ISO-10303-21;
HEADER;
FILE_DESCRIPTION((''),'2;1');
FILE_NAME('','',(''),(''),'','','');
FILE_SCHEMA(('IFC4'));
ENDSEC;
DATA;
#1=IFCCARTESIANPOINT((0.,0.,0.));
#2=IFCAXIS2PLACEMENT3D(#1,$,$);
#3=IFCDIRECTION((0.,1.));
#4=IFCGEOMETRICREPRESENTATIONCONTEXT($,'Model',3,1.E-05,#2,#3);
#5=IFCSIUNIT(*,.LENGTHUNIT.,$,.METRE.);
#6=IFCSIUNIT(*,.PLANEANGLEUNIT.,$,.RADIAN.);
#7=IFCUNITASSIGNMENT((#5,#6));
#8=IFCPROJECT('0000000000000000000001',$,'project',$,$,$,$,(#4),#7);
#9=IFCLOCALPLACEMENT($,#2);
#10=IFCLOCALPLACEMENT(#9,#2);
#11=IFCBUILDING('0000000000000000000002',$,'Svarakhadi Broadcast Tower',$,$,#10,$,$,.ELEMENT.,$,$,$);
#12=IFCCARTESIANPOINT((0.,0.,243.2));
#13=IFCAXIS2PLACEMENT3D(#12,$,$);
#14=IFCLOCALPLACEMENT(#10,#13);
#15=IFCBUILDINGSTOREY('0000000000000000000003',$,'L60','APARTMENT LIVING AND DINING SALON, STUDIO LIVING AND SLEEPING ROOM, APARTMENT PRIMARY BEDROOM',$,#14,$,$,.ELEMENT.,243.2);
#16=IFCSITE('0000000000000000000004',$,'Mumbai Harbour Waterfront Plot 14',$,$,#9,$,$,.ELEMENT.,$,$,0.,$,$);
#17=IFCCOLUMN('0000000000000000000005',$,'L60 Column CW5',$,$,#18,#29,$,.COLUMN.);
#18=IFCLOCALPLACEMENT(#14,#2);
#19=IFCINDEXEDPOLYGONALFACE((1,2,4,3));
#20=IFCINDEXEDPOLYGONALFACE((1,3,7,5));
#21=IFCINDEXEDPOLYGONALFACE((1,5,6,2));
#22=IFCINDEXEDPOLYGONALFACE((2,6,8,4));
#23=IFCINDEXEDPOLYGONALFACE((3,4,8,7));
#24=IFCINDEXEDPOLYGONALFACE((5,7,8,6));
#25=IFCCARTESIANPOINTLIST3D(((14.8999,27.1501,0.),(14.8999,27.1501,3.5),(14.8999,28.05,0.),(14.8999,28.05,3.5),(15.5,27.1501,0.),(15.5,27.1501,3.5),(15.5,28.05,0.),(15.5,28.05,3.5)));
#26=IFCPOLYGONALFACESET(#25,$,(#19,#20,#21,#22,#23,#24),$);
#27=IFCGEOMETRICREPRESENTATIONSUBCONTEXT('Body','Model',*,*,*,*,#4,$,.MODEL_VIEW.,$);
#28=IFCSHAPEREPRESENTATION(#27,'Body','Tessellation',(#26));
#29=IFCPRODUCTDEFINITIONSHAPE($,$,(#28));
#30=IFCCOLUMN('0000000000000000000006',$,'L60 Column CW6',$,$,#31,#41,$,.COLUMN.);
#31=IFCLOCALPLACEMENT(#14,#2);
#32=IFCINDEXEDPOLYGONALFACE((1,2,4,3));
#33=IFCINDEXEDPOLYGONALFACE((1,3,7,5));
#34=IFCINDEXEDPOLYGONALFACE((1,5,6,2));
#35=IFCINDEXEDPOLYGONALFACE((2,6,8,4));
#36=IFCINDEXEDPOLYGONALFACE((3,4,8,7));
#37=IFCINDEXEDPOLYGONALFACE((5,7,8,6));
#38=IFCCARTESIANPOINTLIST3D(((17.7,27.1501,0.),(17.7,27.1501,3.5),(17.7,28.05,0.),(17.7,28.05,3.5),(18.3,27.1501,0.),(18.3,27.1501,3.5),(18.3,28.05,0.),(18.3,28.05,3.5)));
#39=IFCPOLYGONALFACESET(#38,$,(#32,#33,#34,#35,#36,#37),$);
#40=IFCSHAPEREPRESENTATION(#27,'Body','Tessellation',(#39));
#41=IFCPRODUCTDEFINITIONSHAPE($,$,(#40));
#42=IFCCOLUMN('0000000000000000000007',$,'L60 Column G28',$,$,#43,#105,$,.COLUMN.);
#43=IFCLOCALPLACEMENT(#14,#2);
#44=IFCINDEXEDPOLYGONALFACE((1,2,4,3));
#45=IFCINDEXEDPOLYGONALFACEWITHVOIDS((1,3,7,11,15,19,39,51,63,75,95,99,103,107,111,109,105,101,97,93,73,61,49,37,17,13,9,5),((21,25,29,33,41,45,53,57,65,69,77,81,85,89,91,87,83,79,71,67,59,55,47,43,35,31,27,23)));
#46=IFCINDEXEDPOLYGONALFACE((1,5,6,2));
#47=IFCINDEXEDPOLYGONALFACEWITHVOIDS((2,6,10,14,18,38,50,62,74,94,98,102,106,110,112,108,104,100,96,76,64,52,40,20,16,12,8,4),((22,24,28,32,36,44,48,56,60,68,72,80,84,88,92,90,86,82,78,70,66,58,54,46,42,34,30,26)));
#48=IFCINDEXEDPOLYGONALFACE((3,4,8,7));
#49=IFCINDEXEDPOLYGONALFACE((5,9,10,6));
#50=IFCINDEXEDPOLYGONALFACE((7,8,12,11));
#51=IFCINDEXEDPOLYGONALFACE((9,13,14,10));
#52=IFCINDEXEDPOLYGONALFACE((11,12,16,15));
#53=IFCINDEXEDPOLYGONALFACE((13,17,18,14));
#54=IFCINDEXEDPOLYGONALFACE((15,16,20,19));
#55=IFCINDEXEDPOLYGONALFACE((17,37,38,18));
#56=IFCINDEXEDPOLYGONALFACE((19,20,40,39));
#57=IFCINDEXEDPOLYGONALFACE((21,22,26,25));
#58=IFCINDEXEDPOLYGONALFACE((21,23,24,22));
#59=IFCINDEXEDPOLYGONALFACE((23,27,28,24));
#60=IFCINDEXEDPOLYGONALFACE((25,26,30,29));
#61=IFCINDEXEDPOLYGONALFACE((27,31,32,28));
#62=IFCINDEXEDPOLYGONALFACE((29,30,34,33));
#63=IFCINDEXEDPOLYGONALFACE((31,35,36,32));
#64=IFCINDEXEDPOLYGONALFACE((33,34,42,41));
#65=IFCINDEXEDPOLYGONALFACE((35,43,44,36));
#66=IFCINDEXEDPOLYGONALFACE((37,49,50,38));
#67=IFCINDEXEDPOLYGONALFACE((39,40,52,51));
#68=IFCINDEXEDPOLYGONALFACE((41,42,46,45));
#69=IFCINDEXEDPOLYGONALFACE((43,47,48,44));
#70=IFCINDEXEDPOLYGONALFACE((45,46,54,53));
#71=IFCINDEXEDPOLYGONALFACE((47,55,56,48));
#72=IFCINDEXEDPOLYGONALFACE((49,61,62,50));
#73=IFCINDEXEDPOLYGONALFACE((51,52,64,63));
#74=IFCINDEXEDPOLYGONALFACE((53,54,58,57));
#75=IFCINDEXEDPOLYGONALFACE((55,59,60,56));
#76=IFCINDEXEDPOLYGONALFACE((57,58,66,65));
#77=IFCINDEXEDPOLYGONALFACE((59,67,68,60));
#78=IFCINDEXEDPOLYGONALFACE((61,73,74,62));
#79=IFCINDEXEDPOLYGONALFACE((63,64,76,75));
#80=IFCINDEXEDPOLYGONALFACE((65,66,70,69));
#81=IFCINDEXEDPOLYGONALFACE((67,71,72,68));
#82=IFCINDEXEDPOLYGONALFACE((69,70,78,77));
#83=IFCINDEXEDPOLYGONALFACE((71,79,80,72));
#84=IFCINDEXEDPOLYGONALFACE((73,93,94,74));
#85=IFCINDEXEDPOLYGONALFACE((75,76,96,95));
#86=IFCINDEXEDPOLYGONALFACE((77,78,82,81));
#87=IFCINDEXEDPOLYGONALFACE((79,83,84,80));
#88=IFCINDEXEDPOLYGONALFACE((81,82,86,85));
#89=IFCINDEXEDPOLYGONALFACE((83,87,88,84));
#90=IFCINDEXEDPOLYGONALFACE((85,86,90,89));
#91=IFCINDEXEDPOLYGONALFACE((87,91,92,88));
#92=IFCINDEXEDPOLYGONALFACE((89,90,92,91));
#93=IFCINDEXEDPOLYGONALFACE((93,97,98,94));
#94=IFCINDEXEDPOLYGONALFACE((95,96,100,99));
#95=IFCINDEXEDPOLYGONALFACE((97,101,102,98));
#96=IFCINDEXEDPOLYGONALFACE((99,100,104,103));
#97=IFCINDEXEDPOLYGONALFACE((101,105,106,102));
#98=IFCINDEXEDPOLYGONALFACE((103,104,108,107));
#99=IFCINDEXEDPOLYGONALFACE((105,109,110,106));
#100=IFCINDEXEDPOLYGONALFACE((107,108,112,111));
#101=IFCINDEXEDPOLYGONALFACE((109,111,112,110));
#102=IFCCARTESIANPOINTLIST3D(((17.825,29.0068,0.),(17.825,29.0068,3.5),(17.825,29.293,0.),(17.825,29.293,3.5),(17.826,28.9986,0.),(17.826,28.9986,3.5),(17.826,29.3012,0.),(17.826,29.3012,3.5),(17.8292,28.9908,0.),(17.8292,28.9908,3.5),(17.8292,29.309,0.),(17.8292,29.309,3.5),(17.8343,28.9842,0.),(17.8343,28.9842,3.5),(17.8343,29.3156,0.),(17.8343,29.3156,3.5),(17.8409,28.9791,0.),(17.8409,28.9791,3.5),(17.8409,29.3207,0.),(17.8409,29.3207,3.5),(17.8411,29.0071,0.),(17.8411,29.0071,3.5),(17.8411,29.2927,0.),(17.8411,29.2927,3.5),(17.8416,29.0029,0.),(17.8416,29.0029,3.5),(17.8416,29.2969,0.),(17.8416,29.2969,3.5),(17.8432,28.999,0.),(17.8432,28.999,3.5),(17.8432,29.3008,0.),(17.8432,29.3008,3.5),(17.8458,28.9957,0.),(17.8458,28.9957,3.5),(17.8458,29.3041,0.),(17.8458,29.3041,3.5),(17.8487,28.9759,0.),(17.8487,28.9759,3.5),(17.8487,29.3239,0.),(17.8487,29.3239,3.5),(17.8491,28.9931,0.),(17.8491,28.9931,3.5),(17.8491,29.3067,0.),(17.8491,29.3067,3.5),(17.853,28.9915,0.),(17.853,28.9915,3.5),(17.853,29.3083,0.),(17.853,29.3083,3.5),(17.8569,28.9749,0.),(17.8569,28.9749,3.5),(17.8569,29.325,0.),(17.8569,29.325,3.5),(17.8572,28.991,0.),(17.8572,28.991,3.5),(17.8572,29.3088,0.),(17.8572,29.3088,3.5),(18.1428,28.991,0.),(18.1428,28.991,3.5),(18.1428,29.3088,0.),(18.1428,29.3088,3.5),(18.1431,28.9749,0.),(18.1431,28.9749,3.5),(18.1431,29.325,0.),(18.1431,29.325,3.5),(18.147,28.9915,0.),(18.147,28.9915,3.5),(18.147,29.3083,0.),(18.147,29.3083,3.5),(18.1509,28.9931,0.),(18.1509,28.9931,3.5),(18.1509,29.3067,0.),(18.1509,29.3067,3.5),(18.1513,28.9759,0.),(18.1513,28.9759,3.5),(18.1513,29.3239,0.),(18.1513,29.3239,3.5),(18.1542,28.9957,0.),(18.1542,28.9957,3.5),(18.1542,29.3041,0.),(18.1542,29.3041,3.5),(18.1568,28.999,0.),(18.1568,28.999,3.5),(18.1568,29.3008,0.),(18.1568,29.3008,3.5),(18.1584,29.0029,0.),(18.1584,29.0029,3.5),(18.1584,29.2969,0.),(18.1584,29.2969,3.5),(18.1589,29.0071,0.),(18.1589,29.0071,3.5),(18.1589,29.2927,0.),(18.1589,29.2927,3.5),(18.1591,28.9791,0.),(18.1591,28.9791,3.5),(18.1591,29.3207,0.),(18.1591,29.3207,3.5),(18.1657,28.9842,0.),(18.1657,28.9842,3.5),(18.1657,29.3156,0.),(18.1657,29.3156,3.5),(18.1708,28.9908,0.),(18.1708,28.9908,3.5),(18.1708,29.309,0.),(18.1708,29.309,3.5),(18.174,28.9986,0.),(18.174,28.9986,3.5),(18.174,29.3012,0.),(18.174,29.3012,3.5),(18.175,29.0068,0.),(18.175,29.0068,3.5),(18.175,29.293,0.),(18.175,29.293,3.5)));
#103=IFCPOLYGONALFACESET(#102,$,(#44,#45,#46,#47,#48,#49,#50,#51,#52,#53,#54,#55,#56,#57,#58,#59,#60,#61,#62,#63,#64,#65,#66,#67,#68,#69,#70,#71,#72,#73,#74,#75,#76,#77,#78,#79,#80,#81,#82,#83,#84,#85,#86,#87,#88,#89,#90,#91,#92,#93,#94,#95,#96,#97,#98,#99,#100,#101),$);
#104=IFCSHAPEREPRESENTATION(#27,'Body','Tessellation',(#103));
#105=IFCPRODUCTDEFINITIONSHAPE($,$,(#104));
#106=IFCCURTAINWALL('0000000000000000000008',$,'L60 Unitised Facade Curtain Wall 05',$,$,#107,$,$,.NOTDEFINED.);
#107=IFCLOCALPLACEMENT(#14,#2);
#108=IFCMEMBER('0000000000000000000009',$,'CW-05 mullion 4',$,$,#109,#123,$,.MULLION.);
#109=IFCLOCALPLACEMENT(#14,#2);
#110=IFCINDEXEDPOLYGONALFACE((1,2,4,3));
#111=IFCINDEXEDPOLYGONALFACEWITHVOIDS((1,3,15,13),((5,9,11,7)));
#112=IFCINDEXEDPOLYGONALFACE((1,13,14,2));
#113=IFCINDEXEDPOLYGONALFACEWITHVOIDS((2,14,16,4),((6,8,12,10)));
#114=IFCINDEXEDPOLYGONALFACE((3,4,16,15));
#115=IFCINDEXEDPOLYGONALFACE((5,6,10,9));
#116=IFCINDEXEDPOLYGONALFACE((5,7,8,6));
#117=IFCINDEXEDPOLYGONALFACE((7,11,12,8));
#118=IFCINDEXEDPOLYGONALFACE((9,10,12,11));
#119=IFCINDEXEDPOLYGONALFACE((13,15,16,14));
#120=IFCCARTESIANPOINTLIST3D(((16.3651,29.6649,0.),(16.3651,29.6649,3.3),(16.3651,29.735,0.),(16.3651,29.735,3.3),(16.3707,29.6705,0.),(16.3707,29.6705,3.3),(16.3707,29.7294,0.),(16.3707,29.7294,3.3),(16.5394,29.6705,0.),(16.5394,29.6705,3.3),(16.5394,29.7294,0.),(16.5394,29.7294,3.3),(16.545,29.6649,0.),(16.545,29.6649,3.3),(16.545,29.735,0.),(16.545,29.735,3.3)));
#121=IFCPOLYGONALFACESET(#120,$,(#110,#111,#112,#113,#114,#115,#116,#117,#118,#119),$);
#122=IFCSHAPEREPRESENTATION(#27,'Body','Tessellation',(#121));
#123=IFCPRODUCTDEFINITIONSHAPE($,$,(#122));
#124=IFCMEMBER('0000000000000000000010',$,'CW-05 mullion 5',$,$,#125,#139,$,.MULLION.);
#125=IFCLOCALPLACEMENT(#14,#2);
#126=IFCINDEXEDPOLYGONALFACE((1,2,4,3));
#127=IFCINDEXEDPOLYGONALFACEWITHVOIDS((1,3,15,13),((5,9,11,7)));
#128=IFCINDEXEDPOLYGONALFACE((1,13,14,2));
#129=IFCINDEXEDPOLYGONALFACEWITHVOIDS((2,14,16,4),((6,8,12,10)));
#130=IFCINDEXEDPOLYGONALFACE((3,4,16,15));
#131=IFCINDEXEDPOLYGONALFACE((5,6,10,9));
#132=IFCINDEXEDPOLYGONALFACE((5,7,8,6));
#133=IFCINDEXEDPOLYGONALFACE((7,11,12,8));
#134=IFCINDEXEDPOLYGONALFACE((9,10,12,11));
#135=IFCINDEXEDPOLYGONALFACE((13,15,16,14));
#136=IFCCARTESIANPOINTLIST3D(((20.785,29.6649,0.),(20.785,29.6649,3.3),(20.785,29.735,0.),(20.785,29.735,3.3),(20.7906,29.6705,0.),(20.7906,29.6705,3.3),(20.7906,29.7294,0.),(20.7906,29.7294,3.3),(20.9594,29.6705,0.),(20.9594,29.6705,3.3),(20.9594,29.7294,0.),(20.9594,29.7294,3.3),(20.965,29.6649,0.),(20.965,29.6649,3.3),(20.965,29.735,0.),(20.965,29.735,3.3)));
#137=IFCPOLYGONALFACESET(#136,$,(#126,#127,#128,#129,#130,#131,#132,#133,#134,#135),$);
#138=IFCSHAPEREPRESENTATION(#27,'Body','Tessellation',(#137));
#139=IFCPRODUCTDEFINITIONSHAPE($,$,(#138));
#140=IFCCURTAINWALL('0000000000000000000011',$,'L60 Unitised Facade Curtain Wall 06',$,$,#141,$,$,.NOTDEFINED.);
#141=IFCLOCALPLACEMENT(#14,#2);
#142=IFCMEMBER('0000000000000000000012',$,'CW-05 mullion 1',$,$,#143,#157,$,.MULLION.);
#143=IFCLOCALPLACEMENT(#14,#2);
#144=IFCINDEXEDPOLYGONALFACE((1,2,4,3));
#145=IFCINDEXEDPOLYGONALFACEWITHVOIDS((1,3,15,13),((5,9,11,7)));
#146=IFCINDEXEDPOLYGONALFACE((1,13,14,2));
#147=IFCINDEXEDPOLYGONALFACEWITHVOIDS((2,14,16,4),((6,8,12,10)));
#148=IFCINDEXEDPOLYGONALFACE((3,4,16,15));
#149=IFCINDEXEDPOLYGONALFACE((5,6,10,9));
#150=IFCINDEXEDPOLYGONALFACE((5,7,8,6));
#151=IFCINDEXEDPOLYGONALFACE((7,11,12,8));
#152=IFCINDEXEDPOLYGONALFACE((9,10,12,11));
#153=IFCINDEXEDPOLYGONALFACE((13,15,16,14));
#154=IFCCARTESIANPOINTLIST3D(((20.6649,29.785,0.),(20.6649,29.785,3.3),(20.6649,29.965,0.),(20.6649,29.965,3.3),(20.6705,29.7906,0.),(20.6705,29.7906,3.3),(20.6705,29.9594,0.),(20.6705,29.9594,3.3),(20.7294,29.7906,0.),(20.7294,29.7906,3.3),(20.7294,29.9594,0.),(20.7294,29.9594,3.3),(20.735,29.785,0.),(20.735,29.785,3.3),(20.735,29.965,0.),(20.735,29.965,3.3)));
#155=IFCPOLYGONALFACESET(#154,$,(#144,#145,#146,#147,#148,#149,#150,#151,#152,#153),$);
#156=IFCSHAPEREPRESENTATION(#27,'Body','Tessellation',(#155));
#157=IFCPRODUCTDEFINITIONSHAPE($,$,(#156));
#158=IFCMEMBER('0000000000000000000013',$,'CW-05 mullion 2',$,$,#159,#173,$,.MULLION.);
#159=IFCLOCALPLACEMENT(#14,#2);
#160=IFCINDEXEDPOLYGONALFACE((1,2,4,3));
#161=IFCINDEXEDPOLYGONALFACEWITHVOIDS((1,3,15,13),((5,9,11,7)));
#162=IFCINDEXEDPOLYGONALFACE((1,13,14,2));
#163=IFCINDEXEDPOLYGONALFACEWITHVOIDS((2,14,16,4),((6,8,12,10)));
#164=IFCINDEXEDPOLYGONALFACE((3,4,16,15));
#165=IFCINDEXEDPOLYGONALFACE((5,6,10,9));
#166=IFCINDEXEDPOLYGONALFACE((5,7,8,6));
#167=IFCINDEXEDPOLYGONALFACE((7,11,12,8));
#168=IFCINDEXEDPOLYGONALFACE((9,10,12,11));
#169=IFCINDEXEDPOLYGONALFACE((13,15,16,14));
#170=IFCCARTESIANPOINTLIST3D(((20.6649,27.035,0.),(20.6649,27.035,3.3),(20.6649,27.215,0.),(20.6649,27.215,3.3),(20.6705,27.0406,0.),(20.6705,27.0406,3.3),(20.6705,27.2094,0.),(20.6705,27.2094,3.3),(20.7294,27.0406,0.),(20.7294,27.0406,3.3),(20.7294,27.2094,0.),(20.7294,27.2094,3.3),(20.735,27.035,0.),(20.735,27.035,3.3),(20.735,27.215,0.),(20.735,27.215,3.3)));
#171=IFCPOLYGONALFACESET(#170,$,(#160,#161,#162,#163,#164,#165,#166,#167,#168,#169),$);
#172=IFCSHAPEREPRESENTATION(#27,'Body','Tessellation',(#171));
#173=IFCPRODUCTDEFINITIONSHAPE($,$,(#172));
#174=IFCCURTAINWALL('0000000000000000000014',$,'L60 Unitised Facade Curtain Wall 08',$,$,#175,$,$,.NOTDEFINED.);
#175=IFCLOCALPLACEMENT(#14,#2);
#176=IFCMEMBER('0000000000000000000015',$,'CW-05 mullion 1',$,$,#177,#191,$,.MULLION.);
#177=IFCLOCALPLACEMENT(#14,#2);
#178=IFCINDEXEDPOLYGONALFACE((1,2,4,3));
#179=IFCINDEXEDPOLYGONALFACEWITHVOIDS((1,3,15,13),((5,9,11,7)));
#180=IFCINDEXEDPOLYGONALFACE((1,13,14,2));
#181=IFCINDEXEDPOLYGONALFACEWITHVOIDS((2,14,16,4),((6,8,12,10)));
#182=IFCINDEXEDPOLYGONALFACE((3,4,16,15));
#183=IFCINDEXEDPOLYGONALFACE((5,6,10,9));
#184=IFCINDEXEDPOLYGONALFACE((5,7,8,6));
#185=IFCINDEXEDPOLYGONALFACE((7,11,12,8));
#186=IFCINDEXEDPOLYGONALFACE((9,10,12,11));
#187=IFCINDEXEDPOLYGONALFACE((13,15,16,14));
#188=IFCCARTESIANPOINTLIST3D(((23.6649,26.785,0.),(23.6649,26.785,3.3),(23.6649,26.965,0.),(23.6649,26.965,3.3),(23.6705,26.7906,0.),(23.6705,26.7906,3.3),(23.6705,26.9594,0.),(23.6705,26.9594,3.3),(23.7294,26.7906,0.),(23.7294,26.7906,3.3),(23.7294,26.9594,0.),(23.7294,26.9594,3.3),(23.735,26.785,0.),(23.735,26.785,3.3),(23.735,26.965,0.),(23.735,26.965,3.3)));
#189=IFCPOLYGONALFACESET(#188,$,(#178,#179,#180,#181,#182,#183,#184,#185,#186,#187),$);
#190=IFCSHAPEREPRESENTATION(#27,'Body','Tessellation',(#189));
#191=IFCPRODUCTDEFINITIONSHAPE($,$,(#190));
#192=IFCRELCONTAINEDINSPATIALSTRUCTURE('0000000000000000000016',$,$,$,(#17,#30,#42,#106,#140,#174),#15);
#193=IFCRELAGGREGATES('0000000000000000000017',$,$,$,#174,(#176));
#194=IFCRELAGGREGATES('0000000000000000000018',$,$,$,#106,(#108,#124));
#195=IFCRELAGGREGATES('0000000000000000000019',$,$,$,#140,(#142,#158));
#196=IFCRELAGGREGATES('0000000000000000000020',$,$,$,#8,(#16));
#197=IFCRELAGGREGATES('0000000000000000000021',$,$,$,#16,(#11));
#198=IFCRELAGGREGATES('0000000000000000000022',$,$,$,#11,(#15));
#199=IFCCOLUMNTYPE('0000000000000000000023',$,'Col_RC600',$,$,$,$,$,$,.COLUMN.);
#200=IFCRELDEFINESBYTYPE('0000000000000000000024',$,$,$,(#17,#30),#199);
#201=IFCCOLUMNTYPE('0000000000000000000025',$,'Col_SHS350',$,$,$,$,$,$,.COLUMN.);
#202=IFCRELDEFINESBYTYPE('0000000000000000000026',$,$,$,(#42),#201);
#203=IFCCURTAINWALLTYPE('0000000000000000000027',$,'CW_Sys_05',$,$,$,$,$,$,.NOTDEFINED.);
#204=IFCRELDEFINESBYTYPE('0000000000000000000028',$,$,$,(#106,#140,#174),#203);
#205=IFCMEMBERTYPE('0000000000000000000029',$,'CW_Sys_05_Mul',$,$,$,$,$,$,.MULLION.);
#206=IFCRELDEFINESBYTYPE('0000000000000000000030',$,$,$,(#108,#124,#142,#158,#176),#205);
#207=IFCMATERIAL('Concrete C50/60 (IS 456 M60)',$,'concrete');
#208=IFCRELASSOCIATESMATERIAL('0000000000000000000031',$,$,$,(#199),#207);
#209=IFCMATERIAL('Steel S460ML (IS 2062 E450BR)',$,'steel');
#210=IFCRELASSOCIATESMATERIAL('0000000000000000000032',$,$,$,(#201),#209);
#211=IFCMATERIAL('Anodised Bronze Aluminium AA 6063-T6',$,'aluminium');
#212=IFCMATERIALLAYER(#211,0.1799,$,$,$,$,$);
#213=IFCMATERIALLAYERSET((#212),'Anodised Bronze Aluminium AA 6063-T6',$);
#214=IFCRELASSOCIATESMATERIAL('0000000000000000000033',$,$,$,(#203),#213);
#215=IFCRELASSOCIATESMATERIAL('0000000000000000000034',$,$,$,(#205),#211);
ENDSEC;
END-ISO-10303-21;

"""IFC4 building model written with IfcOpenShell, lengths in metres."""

from ifc_helpers import new_model, si_unit, direction, frame, origin, origin_2d, place, context, subcontext, project, spatial, rectangle, hollow_rectangle, extrude, material, layer, layer_set, material_profile, profile_set, type_object, element, aggregate, save


model = new_model("IFC4")

# Units and contexts
model_context = context("Model", 3, precision=1e-05, world=origin(), true_north=direction((0.0, 1.0)))
body_context = subcontext(model_context, "Body", "Model", "MODEL_VIEW")
ifc_project = project(units=[si_unit("LENGTHUNIT", "METRE"), si_unit("PLANEANGLEUNIT", "RADIAN")], contexts=[model_context])

# Site, building, storey
site_placement = place(None, origin())
site = spatial("IfcSite", under=ifc_project, at=site_placement, Name="Mumbai Harbour Waterfront Plot 14", CompositionType="ELEMENT", RefElevation=0.0)
building_placement = place(site_placement, origin())
building = spatial("IfcBuilding", under=site, at=building_placement, Name="Svarakhadi Broadcast Tower", CompositionType="ELEMENT")
storey_placement = place(building_placement, frame((0.0, 0.0, 243.2)))
storey = spatial("IfcBuildingStorey", under=building, at=storey_placement, Name="L60", Description="APARTMENT LIVING AND DINING SALON, STUDIO LIVING AND SLEEPING ROOM, APARTMENT PRIMARY BEDROOM", CompositionType="ELEMENT", Elevation=243.2)

# Columns
ifc_material_1 = material(Name="Concrete C50/60 (IS 456 M60)", Category="concrete")
ifc_material_profile_1 = material_profile(ifc_material_1, rectangle(XDim=0.6001, YDim=0.8999, at=origin_2d()), Name="RC 600x900")
ifc_profile_set_1 = profile_set([ifc_material_profile_1], Name="Concrete C50/60 (IS 456 M60)")
column_type_1 = type_object("IfcColumnType", Name="Col_RC600", PredefinedType="COLUMN", material=ifc_profile_set_1)
for number, where, z_axis, x_axis, name in (
    (1, (15.2, 27.6001, 0.0), (0.0, 0.0, 1.0), (1.0, 0.0, 0.0), "L60 Column CW5"),
    (2, (18.0, 27.6001, 0.0), (0.0, 0.0, 1.0), (1.0, 0.0, 0.0), "L60 Column CW6"),
):
    element("IfcColumn", number, at=place(storey_placement, frame(where, z_axis=z_axis, x_axis=x_axis)), inside=storey, type_object=column_type_1, Name=name, PredefinedType="COLUMN", context=body_context, shape_type="SweptSolid", body=[
        extrude(rectangle(XDim=0.6001, YDim=0.8999, at=origin_2d()), origin(), (0.0, 0.0, 1.0), 3.5),
    ])
ifc_material_2 = material(Name="Steel S460ML (IS 2062 E450BR)", Category="steel")
ifc_material_profile_2 = material_profile(ifc_material_2, hollow_rectangle(XDim=0.3501, YDim=0.3501, WallThickness=0.0161, InnerFilletRadius=0.0161, OuterFilletRadius=0.032, at=origin_2d()), Name="SHS 350x350x16")
ifc_profile_set_2 = profile_set([ifc_material_profile_2], Name="Steel S460ML (IS 2062 E450BR)")
column_type_2 = type_object("IfcColumnType", Name="Col_SHS350", PredefinedType="COLUMN", material=ifc_profile_set_2)
column_placement = place(storey_placement, frame((18.0, 29.1499, 0.0), z_axis=(0.0, 0.0, 1.0), x_axis=(1.0, 0.0, 0.0)))
element("IfcColumn", 3, at=column_placement, inside=storey, type_object=column_type_2, Name="L60 Column G28", PredefinedType="COLUMN", context=body_context, shape_type="SweptSolid", body=[
    extrude(hollow_rectangle(XDim=0.3501, YDim=0.3501, WallThickness=0.0161, InnerFilletRadius=0.0161, OuterFilletRadius=0.032, at=origin_2d()), origin(), (0.0, 0.0, 1.0), 3.5),
])

# Curtain walls, members
ifc_material_3 = material(Name="Anodised Bronze Aluminium AA 6063-T6", Category="aluminium")
ifc_layer_1 = layer(ifc_material_3, 0.1799)
ifc_layer_set_1 = layer_set([ifc_layer_1], Name="Anodised Bronze Aluminium AA 6063-T6")
curtain_wall_type = type_object("IfcCurtainWallType", Name="CW_Sys_05", PredefinedType="NOTDEFINED", material=ifc_layer_set_1)
curtain_wall_1_placement = place(storey_placement, origin())
curtain_wall_1 = element("IfcCurtainWall", 4, at=curtain_wall_1_placement, inside=storey, type_object=curtain_wall_type, Name="L60 Unitised Facade Curtain Wall 05", PredefinedType="NOTDEFINED")
ifc_material_profile_3 = material_profile(ifc_material_3, hollow_rectangle(XDim=0.0701, YDim=0.1799, WallThickness=0.0056, at=origin_2d()), Name="ALU MULLION 180x70x6")
ifc_profile_set_3 = profile_set([ifc_material_profile_3], Name="Anodised Bronze Aluminium AA 6063-T6")
member_type_1 = type_object("IfcMemberType", Name="CW_Sys_05_Mul", PredefinedType="MULLION", material=ifc_profile_set_3)
member_1_placement = place(storey_placement, frame((16.4551, 29.7, 0.0), z_axis=(0.0, 0.0, 1.0), x_axis=(0.0, 1.0, 0.0)))
member_1 = element("IfcMember", 5, at=member_1_placement, type_object=member_type_1, Name="CW-05 mullion 4", PredefinedType="MULLION", context=body_context, shape_type="SweptSolid", body=[
    extrude(hollow_rectangle(XDim=0.0701, YDim=0.1799, WallThickness=0.0056, at=origin_2d()), origin(), (0.0, 0.0, 1.0), 3.3),
])
member_2_placement = place(storey_placement, frame((20.875, 29.7, 0.0), z_axis=(0.0, 0.0, 1.0), x_axis=(0.0, 1.0, 0.0)))
member_2 = element("IfcMember", 6, at=member_2_placement, type_object=member_type_1, Name="CW-05 mullion 5", PredefinedType="MULLION", context=body_context, shape_type="SweptSolid", body=[
    extrude(hollow_rectangle(XDim=0.0701, YDim=0.1799, WallThickness=0.0056, at=origin_2d()), origin(), (0.0, 0.0, 1.0), 3.3),
])
curtain_wall_2_placement = place(storey_placement, origin())
curtain_wall_2 = element("IfcCurtainWall", 7, at=curtain_wall_2_placement, inside=storey, type_object=curtain_wall_type, Name="L60 Unitised Facade Curtain Wall 06", PredefinedType="NOTDEFINED")
member_3_placement = place(storey_placement, frame((20.7, 29.875, 0.0), z_axis=(0.0, 0.0, 1.0), x_axis=(1.0, 0.0, 0.0)))
member_3 = element("IfcMember", 8, at=member_3_placement, type_object=member_type_1, Name="CW-05 mullion 1", PredefinedType="MULLION", context=body_context, shape_type="SweptSolid", body=[
    extrude(hollow_rectangle(XDim=0.0701, YDim=0.1799, WallThickness=0.0056, at=origin_2d()), origin(), (0.0, 0.0, 1.0), 3.3),
])
member_4_placement = place(storey_placement, frame((20.7, 27.125, 0.0), z_axis=(0.0, 0.0, 1.0), x_axis=(1.0, 0.0, 0.0)))
member_4 = element("IfcMember", 9, at=member_4_placement, type_object=member_type_1, Name="CW-05 mullion 2", PredefinedType="MULLION", context=body_context, shape_type="SweptSolid", body=[
    extrude(hollow_rectangle(XDim=0.0701, YDim=0.1799, WallThickness=0.0056, at=origin_2d()), origin(), (0.0, 0.0, 1.0), 3.3),
])

# Curtain wall, member
curtain_wall_3_placement = place(storey_placement, origin())
curtain_wall_3 = element("IfcCurtainWall", 10, at=curtain_wall_3_placement, inside=storey, type_object=curtain_wall_type, Name="L60 Unitised Facade Curtain Wall 08", PredefinedType="NOTDEFINED")
member_5_placement = place(storey_placement, frame((23.7, 26.875, 0.0), z_axis=(0.0, 0.0, 1.0), x_axis=(1.0, 0.0, 0.0)))
member_5 = element("IfcMember", 11, at=member_5_placement, type_object=member_type_1, Name="CW-05 mullion 1", PredefinedType="MULLION", context=body_context, shape_type="SweptSolid", body=[
    extrude(hollow_rectangle(XDim=0.0701, YDim=0.1799, WallThickness=0.0056, at=origin_2d()), origin(), (0.0, 0.0, 1.0), 3.3),
])

aggregate(curtain_wall_3, [member_5])

aggregate(curtain_wall_1, [member_1, member_2])
aggregate(curtain_wall_2, [member_3, member_4])

save(model, "model.ifc")
